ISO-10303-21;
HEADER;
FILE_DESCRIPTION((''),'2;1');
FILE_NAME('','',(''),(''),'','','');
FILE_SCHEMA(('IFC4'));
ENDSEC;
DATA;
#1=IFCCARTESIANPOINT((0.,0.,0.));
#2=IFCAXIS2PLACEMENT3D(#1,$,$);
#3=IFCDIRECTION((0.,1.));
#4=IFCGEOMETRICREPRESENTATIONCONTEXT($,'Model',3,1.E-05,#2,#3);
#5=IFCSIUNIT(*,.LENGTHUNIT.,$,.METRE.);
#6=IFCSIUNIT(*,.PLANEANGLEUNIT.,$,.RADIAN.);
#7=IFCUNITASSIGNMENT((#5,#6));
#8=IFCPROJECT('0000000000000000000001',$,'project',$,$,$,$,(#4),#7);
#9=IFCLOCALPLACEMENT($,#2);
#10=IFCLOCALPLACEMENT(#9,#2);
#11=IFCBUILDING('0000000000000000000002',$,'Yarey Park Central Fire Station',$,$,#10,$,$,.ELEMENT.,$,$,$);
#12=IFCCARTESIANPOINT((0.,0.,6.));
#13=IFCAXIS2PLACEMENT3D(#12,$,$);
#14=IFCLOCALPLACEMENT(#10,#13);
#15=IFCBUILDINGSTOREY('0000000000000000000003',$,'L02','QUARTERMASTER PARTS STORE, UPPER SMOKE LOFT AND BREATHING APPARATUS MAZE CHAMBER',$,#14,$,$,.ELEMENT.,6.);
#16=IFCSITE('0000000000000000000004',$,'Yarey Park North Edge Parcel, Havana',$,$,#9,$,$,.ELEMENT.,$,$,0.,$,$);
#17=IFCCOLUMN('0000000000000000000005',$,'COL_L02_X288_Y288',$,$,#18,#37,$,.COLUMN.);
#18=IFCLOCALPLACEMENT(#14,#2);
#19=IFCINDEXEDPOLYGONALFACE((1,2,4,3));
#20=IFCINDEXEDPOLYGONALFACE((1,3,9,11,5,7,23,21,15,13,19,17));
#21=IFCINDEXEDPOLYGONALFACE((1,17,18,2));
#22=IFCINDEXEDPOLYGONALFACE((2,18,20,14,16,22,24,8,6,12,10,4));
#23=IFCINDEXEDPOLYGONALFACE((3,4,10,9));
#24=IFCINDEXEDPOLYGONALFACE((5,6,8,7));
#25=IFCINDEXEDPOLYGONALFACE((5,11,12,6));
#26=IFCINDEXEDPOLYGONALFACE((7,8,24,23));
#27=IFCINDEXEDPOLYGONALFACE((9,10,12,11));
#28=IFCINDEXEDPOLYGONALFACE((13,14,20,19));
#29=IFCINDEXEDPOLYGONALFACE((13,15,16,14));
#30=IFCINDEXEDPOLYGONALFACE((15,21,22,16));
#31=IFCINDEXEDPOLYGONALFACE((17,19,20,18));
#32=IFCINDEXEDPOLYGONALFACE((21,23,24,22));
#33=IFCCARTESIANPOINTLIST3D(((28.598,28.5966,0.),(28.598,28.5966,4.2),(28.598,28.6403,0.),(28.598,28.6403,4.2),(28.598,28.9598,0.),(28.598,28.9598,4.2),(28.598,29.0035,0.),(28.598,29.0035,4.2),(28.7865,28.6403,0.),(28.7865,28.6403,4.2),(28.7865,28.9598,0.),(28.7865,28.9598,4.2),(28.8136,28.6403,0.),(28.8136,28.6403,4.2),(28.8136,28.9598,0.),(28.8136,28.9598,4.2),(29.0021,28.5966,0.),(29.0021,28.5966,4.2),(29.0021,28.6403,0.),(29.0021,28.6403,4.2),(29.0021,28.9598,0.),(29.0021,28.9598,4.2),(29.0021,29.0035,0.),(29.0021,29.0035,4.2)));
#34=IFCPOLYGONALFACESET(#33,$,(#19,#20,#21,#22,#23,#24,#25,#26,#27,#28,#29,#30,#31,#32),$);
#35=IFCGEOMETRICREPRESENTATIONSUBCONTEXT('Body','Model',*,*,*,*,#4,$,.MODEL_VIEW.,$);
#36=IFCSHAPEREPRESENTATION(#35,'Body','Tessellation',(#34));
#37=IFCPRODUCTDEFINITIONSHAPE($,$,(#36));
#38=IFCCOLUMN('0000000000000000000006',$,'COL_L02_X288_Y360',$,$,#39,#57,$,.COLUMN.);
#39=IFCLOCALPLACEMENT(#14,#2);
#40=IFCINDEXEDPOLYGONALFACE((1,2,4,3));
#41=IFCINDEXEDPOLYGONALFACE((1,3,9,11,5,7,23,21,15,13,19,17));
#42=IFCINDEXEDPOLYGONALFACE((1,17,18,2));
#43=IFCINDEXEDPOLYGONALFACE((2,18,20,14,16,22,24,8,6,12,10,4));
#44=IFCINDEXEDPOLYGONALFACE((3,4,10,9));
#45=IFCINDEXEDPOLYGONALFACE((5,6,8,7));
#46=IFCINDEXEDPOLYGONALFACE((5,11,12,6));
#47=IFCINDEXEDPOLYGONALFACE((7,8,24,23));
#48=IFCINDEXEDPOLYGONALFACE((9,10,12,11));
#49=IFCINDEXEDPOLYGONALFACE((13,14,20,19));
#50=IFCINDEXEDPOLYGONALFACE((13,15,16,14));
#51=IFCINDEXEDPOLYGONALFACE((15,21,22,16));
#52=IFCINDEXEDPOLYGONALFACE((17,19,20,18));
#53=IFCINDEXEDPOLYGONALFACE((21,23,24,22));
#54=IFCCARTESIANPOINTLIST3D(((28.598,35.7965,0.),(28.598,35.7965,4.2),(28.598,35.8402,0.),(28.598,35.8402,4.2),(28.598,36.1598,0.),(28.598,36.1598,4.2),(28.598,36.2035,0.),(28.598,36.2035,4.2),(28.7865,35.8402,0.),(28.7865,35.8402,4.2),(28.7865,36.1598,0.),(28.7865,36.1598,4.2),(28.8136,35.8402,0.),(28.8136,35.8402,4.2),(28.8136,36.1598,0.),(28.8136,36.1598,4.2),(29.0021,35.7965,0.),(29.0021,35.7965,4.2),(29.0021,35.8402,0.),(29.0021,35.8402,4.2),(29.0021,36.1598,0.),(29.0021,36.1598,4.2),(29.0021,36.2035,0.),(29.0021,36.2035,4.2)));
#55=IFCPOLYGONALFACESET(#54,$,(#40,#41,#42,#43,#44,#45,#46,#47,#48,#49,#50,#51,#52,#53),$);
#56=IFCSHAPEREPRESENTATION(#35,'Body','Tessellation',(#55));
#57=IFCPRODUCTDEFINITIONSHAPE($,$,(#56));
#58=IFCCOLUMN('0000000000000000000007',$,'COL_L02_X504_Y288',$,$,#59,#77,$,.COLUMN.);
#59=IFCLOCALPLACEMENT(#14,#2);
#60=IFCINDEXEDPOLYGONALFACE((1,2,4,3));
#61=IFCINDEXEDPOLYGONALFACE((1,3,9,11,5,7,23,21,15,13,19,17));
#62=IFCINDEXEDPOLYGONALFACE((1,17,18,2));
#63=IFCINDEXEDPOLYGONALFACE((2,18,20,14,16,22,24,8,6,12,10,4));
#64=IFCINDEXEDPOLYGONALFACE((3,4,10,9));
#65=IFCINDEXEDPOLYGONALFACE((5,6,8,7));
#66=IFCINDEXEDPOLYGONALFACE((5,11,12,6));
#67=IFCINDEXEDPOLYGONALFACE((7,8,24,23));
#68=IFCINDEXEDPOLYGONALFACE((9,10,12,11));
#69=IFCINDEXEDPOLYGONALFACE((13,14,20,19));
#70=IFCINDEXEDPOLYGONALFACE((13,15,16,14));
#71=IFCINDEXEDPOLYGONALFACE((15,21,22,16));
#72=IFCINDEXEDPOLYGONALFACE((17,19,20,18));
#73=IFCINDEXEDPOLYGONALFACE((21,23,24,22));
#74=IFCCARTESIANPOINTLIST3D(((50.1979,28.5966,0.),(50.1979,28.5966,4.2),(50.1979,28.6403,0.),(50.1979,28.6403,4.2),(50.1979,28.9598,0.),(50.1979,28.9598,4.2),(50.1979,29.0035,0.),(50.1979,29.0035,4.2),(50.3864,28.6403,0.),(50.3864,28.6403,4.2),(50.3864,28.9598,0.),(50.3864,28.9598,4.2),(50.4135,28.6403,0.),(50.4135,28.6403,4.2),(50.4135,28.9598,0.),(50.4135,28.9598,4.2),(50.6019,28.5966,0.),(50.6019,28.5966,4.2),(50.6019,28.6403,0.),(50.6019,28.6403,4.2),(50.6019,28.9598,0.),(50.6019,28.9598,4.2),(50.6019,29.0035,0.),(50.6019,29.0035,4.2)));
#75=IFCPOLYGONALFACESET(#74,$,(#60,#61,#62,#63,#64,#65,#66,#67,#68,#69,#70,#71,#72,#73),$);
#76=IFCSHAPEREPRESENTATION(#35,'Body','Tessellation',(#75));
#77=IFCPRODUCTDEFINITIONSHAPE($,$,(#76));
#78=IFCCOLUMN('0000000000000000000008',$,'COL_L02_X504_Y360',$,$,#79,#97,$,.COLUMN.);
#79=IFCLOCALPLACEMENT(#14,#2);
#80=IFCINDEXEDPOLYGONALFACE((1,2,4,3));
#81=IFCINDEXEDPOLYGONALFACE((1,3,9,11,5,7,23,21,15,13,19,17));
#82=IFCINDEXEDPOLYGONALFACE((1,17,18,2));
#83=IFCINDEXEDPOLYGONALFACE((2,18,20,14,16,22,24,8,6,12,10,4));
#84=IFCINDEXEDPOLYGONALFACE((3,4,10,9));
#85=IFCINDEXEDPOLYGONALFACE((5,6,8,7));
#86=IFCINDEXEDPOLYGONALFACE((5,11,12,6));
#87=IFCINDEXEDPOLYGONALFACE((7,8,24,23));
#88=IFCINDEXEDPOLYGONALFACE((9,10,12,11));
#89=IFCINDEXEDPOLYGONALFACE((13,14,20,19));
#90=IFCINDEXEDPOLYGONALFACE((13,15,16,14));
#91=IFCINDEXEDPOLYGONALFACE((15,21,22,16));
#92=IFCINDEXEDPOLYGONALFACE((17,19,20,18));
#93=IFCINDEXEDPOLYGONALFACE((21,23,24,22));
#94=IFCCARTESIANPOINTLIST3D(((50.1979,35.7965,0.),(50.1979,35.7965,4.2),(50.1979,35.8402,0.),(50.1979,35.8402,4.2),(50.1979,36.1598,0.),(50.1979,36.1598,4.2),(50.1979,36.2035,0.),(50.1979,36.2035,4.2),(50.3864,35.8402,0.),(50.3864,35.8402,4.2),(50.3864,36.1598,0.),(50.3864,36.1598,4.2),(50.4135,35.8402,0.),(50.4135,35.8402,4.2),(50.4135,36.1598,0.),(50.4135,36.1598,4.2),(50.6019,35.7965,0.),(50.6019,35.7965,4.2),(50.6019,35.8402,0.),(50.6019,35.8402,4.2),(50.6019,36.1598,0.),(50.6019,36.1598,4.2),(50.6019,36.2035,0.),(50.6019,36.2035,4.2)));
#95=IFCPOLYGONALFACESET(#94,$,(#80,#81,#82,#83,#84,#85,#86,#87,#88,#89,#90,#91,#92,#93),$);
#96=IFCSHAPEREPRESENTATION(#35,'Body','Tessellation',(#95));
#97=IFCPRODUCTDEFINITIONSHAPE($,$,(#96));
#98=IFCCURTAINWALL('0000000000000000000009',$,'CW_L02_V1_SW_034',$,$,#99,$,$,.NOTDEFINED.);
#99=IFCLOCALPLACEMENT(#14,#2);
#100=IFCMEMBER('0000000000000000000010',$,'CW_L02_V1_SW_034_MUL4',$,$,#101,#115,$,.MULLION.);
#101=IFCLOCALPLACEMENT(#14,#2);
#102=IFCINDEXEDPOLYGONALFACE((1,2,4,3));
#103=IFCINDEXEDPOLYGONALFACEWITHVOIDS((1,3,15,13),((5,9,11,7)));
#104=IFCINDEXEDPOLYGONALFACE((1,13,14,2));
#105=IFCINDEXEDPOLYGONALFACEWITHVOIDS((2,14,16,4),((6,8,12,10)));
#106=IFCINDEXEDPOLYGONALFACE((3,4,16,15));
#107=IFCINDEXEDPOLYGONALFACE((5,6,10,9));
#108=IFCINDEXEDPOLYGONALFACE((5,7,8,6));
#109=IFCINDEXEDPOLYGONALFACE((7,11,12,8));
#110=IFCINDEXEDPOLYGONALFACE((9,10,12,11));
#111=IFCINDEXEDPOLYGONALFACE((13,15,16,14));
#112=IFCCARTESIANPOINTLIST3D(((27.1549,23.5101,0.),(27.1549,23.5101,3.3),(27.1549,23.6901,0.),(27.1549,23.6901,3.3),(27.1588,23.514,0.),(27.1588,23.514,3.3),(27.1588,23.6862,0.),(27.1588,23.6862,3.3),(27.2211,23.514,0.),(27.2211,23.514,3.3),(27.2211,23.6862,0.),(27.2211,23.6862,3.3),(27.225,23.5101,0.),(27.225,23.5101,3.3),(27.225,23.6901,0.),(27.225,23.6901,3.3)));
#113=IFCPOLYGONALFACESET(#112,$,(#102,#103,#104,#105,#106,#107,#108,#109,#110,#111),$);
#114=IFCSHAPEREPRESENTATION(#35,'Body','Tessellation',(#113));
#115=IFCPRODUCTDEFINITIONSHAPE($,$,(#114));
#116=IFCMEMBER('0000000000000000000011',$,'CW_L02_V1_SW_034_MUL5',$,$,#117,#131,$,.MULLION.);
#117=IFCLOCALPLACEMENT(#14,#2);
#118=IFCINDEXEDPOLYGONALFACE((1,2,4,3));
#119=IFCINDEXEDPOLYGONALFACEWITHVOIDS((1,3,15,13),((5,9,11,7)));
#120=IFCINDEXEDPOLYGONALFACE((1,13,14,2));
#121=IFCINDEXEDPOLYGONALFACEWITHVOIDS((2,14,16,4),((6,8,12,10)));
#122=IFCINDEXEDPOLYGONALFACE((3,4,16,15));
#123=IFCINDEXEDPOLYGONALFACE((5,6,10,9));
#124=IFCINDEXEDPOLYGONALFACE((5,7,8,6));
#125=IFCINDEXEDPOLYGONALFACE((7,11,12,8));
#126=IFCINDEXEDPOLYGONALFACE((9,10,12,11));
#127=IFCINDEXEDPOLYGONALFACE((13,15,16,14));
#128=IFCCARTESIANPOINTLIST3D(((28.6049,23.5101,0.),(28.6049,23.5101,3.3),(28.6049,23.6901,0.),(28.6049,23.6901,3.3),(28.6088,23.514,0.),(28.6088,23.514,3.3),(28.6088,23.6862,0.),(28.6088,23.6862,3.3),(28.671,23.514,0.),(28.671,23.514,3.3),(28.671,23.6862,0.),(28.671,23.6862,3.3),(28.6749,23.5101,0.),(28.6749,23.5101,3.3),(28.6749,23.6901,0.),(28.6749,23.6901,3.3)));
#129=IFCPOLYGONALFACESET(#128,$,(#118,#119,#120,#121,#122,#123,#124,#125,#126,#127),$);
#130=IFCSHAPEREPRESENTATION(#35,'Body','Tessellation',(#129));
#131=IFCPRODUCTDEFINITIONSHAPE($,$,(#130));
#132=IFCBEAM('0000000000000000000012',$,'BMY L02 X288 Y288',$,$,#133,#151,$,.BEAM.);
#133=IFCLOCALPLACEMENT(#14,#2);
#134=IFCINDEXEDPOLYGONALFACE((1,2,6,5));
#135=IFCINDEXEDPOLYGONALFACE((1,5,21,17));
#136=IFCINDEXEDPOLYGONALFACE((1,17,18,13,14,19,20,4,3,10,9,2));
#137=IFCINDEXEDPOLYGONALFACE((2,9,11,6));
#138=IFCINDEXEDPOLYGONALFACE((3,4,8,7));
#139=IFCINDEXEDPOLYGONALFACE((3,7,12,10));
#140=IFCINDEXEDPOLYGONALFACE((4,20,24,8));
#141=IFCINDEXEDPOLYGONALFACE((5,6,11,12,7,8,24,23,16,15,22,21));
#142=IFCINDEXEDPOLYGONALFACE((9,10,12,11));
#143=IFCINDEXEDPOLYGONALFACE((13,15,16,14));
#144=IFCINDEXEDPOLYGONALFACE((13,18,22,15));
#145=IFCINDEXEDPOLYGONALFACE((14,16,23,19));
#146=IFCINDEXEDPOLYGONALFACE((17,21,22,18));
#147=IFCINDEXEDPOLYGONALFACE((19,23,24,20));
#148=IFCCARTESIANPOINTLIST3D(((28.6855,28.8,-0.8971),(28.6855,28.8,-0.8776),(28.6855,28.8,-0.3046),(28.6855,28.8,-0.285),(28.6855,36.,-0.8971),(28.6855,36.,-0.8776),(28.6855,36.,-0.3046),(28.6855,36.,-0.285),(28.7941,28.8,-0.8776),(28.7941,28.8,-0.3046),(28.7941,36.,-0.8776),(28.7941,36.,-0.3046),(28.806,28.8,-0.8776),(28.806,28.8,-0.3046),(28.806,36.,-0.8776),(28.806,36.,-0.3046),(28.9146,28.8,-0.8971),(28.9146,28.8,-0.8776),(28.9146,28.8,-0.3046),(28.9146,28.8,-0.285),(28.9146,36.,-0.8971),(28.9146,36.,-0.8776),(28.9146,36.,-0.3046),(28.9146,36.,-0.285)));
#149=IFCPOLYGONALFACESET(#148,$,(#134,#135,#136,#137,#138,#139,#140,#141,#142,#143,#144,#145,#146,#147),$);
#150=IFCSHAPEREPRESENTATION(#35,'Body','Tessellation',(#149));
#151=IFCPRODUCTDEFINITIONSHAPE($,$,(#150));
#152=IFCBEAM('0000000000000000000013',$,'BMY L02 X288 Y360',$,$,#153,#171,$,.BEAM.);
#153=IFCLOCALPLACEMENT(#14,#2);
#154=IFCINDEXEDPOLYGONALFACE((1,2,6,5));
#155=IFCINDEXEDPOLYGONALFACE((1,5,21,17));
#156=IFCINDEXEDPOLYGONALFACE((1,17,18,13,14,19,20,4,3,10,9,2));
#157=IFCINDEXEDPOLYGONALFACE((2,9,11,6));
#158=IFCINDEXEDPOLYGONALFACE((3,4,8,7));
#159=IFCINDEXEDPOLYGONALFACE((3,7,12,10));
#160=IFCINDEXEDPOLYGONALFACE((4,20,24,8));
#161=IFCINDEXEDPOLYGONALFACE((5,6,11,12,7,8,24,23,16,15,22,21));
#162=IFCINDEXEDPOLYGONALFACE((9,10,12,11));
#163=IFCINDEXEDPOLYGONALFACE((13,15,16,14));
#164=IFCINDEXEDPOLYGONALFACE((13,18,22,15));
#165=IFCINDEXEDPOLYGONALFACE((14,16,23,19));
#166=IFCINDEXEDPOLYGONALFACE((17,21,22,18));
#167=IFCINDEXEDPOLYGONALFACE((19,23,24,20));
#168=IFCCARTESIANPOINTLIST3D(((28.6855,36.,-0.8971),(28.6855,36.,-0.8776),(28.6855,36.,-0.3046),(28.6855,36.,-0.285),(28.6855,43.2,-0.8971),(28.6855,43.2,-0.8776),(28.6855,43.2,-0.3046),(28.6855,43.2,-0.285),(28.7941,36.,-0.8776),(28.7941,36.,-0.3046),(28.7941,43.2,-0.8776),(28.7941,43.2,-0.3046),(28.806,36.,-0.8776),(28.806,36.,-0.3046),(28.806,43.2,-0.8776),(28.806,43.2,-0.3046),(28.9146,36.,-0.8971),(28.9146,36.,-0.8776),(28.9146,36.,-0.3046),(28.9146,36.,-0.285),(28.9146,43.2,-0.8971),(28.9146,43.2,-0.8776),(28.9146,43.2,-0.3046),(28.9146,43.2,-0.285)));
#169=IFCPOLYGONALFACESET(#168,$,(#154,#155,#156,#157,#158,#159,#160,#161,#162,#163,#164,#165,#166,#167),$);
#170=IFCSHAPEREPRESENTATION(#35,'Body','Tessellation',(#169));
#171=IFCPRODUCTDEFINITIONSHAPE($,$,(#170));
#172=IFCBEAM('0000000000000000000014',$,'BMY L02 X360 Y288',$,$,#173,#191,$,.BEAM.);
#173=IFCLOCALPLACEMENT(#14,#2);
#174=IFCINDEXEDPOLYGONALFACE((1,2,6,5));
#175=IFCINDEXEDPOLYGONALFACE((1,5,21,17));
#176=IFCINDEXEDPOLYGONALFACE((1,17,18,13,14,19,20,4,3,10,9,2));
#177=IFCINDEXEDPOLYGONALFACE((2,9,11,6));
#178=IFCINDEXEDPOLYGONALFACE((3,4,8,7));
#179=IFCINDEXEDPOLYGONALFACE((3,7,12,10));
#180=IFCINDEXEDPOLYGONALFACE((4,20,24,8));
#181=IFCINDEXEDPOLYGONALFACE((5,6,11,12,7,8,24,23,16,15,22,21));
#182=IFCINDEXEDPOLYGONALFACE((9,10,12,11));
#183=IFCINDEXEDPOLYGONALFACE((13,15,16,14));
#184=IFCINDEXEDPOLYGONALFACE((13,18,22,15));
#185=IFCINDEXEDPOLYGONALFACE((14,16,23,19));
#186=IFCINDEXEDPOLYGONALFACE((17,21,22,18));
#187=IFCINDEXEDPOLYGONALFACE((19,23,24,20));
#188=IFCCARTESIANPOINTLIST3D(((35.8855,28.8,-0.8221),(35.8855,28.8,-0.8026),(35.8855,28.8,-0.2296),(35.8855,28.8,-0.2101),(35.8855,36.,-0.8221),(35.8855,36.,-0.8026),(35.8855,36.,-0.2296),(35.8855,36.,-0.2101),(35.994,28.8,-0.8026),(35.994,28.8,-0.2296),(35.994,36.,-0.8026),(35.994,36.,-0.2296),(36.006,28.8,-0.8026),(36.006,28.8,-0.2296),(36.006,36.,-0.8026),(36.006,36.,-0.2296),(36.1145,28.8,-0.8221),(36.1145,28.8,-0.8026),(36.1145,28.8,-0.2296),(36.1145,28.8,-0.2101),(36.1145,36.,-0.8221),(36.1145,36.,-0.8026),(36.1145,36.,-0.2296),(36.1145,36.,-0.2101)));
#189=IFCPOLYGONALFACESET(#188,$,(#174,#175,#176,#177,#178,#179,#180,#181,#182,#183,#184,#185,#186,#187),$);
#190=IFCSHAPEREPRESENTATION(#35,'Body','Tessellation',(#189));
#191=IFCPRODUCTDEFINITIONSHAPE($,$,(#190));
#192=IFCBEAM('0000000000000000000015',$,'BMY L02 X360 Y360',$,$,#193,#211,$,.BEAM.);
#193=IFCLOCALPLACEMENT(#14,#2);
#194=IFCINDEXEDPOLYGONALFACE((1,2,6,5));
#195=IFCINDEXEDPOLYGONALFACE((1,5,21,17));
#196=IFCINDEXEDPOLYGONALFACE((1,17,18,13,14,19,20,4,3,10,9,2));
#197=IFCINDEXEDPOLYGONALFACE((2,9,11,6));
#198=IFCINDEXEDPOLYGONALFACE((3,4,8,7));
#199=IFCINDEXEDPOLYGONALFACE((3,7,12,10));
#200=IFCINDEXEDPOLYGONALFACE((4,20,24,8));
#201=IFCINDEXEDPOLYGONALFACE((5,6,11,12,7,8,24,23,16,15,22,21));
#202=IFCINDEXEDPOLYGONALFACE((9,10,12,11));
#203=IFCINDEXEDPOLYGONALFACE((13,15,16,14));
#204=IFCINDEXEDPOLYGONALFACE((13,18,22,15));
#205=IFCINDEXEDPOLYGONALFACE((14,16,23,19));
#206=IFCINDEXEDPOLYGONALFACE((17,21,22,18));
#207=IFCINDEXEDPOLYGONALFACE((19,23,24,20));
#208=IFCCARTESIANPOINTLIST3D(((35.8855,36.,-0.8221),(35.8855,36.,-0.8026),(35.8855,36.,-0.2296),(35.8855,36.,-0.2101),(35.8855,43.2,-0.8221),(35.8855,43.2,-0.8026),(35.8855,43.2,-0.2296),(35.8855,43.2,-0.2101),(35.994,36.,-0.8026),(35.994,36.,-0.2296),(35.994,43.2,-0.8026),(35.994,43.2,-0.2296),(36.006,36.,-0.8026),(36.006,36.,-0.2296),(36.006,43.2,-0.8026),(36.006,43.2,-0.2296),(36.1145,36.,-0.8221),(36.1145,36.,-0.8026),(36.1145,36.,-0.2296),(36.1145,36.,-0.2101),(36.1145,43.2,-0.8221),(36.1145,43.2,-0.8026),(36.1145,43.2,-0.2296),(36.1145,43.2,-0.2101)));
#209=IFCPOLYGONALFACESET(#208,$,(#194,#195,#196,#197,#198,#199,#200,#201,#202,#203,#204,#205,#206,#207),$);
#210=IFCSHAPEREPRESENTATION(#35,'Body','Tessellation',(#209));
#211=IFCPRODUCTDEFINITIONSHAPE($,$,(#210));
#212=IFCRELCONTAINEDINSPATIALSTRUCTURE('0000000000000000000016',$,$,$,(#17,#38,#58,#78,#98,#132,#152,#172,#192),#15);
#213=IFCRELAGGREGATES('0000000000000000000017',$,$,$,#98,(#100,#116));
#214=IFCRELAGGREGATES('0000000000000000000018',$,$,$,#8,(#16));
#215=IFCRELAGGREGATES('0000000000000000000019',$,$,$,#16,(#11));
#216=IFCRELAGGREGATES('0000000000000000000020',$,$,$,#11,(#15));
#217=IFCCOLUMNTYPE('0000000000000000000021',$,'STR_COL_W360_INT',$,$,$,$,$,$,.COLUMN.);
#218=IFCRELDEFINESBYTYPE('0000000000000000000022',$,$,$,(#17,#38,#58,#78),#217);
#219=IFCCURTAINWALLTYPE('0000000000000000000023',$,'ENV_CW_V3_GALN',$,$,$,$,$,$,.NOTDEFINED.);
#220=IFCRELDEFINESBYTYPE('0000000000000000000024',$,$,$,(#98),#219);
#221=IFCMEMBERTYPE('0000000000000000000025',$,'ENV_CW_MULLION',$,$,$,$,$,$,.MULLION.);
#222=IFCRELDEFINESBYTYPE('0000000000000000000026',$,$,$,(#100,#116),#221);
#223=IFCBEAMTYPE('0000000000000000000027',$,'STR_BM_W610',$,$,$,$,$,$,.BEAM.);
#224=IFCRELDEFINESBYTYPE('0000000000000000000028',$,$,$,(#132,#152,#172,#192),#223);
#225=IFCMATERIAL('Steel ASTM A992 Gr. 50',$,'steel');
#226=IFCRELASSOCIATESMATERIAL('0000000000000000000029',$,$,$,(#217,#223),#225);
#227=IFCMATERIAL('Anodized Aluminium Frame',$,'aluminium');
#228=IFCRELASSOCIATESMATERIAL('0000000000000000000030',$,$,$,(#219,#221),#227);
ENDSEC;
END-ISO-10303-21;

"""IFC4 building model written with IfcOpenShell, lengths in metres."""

from ifc_helpers import new_model, si_unit, direction, frame, origin, origin_2d, place, context, subcontext, project, spatial, hollow_rectangle, i_section, extrude, material, material_profile, profile_set, type_object, element, aggregate, save


model = new_model("IFC4")

# Units and contexts
model_context = context("Model", 3, precision=1e-05, world=origin(), true_north=direction((0.0, 1.0)))
body_context = subcontext(model_context, "Body", "Model", "MODEL_VIEW")
ifc_project = project(units=[si_unit("LENGTHUNIT", "METRE"), si_unit("PLANEANGLEUNIT", "RADIAN")], contexts=[model_context])

# Site, building, storey
site_placement = place(None, origin())
site = spatial("IfcSite", under=ifc_project, at=site_placement, Name="Yarey Park North Edge Parcel, Havana", CompositionType="ELEMENT", RefElevation=0.0)
building_placement = place(site_placement, origin())
building = spatial("IfcBuilding", under=site, at=building_placement, Name="Yarey Park Central Fire Station", CompositionType="ELEMENT")
storey_placement = place(building_placement, frame((0.0, 0.0, 6.0)))
storey = spatial("IfcBuildingStorey", under=building, at=storey_placement, Name="L02", Description="QUARTERMASTER PARTS STORE, UPPER SMOKE LOFT AND BREATHING APPARATUS MAZE CHAMBER", CompositionType="ELEMENT", Elevation=6.0)

# Columns
ifc_material_1 = material(Name="Steel ASTM A992 Gr. 50", Category="steel")
ifc_material_profile_1 = material_profile(ifc_material_1, i_section(OverallWidth=0.4041, OverallDepth=0.407, WebThickness=0.0271, FlangeThickness=0.0437, at=origin_2d()), Name="W360x347")
ifc_profile_set_1 = profile_set([ifc_material_profile_1], Name="Steel ASTM A992 Gr. 50")
column_type = type_object("IfcColumnType", Name="STR_COL_W360_INT", PredefinedType="COLUMN", material=ifc_profile_set_1)
for number, where, z_axis, x_axis, name in (
    (1, (28.8, 28.8, 0.0), (0.0, 0.0, 1.0), (1.0, 0.0, 0.0), "COL_L02_X288_Y288"),
    (2, (28.8, 36.0, 0.0), (0.0, 0.0, 1.0), (1.0, 0.0, 0.0), "COL_L02_X288_Y360"),
    (3, (50.3999, 28.8, 0.0), (0.0, 0.0, 1.0), (1.0, 0.0, 0.0), "COL_L02_X504_Y288"),
    (4, (50.3999, 36.0, 0.0), (0.0, 0.0, 1.0), (1.0, 0.0, 0.0), "COL_L02_X504_Y360"),
):
    element("IfcColumn", number, at=place(storey_placement, frame(where, z_axis=z_axis, x_axis=x_axis)), inside=storey, type_object=column_type, Name=name, PredefinedType="COLUMN", context=body_context, shape_type="SweptSolid", body=[
        extrude(i_section(OverallWidth=0.4041, OverallDepth=0.407, WebThickness=0.0271, FlangeThickness=0.0437, at=origin_2d()), origin(), (0.0, 0.0, 1.0), 4.2),
    ])

# Curtain wall, members
ifc_material_2 = material(Name="Anodized Aluminium Frame", Category="aluminium")
curtain_wall_type = type_object("IfcCurtainWallType", Name="ENV_CW_V3_GALN", PredefinedType="NOTDEFINED", material=ifc_material_2)
curtain_wall_placement = place(storey_placement, origin())
curtain_wall = element("IfcCurtainWall", 5, at=curtain_wall_placement, inside=storey, type_object=curtain_wall_type, Name="CW_L02_V1_SW_034", PredefinedType="NOTDEFINED")
ifc_material_profile_2 = material_profile(ifc_material_2, hollow_rectangle(XDim=0.0701, YDim=0.1799, WallThickness=0.0039, at=origin_2d()), Name="ALU 180x70x4")
ifc_profile_set_2 = profile_set([ifc_material_profile_2], Name="Anodized Aluminium Frame")
member_type = type_object("IfcMemberType", Name="ENV_CW_MULLION", PredefinedType="MULLION", material=ifc_profile_set_2)
member_1_placement = place(storey_placement, frame((27.1899, 23.6001, 0.0), z_axis=(0.0, 0.0, 1.0), x_axis=(1.0, 0.0, 0.0)))
member_1 = element("IfcMember", 6, at=member_1_placement, type_object=member_type, Name="CW_L02_V1_SW_034_MUL4", PredefinedType="MULLION", context=body_context, shape_type="SweptSolid", body=[
    extrude(hollow_rectangle(XDim=0.0701, YDim=0.1799, WallThickness=0.0039, at=origin_2d()), origin(), (0.0, 0.0, 1.0), 3.3),
])
member_2_placement = place(storey_placement, frame((28.6399, 23.6001, 0.0), z_axis=(0.0, 0.0, 1.0), x_axis=(1.0, 0.0, 0.0)))
member_2 = element("IfcMember", 7, at=member_2_placement, type_object=member_type, Name="CW_L02_V1_SW_034_MUL5", PredefinedType="MULLION", context=body_context, shape_type="SweptSolid", body=[
    extrude(hollow_rectangle(XDim=0.0701, YDim=0.1799, WallThickness=0.0039, at=origin_2d()), origin(), (0.0, 0.0, 1.0), 3.3),
])

# Beams
ifc_material_profile_3 = material_profile(ifc_material_1, i_section(OverallWidth=0.229, OverallDepth=0.6121, WebThickness=0.012, FlangeThickness=0.0195, at=origin_2d()), Name="W610x125")
ifc_profile_set_3 = profile_set([ifc_material_profile_3], Name="Steel ASTM A992 Gr. 50")
beam_type_1 = type_object("IfcBeamType", Name="STR_BM_W610", PredefinedType="BEAM", material=ifc_profile_set_3)
for number, where, z_axis, x_axis, name in (
    (8, (28.8, 28.8, -0.5911), (0.0, 1.0, 0.0), (-1.0, 0.0, 0.0), "BMY L02 X288 Y288"),
    (9, (28.8, 36.0, -0.5911), (0.0, 1.0, 0.0), (-1.0, 0.0, 0.0), "BMY L02 X288 Y360"),
    (10, (36.0, 28.8, -0.5161), (0.0, 1.0, 0.0), (-1.0, 0.0, 0.0), "BMY L02 X360 Y288"),
    (11, (36.0, 36.0, -0.5161), (0.0, 1.0, 0.0), (-1.0, 0.0, 0.0), "BMY L02 X360 Y360"),
):
    element("IfcBeam", number, at=place(storey_placement, frame(where, z_axis=z_axis, x_axis=x_axis)), inside=storey, type_object=beam_type_1, Name=name, PredefinedType="BEAM", context=body_context, shape_type="SweptSolid", body=[
        extrude(i_section(OverallWidth=0.229, OverallDepth=0.6121, WebThickness=0.012, FlangeThickness=0.0195, at=origin_2d()), origin(), (0.0, 0.0, 1.0), 7.2),
    ])

aggregate(curtain_wall, [member_1, member_2])

save(model, "model.ifc")
